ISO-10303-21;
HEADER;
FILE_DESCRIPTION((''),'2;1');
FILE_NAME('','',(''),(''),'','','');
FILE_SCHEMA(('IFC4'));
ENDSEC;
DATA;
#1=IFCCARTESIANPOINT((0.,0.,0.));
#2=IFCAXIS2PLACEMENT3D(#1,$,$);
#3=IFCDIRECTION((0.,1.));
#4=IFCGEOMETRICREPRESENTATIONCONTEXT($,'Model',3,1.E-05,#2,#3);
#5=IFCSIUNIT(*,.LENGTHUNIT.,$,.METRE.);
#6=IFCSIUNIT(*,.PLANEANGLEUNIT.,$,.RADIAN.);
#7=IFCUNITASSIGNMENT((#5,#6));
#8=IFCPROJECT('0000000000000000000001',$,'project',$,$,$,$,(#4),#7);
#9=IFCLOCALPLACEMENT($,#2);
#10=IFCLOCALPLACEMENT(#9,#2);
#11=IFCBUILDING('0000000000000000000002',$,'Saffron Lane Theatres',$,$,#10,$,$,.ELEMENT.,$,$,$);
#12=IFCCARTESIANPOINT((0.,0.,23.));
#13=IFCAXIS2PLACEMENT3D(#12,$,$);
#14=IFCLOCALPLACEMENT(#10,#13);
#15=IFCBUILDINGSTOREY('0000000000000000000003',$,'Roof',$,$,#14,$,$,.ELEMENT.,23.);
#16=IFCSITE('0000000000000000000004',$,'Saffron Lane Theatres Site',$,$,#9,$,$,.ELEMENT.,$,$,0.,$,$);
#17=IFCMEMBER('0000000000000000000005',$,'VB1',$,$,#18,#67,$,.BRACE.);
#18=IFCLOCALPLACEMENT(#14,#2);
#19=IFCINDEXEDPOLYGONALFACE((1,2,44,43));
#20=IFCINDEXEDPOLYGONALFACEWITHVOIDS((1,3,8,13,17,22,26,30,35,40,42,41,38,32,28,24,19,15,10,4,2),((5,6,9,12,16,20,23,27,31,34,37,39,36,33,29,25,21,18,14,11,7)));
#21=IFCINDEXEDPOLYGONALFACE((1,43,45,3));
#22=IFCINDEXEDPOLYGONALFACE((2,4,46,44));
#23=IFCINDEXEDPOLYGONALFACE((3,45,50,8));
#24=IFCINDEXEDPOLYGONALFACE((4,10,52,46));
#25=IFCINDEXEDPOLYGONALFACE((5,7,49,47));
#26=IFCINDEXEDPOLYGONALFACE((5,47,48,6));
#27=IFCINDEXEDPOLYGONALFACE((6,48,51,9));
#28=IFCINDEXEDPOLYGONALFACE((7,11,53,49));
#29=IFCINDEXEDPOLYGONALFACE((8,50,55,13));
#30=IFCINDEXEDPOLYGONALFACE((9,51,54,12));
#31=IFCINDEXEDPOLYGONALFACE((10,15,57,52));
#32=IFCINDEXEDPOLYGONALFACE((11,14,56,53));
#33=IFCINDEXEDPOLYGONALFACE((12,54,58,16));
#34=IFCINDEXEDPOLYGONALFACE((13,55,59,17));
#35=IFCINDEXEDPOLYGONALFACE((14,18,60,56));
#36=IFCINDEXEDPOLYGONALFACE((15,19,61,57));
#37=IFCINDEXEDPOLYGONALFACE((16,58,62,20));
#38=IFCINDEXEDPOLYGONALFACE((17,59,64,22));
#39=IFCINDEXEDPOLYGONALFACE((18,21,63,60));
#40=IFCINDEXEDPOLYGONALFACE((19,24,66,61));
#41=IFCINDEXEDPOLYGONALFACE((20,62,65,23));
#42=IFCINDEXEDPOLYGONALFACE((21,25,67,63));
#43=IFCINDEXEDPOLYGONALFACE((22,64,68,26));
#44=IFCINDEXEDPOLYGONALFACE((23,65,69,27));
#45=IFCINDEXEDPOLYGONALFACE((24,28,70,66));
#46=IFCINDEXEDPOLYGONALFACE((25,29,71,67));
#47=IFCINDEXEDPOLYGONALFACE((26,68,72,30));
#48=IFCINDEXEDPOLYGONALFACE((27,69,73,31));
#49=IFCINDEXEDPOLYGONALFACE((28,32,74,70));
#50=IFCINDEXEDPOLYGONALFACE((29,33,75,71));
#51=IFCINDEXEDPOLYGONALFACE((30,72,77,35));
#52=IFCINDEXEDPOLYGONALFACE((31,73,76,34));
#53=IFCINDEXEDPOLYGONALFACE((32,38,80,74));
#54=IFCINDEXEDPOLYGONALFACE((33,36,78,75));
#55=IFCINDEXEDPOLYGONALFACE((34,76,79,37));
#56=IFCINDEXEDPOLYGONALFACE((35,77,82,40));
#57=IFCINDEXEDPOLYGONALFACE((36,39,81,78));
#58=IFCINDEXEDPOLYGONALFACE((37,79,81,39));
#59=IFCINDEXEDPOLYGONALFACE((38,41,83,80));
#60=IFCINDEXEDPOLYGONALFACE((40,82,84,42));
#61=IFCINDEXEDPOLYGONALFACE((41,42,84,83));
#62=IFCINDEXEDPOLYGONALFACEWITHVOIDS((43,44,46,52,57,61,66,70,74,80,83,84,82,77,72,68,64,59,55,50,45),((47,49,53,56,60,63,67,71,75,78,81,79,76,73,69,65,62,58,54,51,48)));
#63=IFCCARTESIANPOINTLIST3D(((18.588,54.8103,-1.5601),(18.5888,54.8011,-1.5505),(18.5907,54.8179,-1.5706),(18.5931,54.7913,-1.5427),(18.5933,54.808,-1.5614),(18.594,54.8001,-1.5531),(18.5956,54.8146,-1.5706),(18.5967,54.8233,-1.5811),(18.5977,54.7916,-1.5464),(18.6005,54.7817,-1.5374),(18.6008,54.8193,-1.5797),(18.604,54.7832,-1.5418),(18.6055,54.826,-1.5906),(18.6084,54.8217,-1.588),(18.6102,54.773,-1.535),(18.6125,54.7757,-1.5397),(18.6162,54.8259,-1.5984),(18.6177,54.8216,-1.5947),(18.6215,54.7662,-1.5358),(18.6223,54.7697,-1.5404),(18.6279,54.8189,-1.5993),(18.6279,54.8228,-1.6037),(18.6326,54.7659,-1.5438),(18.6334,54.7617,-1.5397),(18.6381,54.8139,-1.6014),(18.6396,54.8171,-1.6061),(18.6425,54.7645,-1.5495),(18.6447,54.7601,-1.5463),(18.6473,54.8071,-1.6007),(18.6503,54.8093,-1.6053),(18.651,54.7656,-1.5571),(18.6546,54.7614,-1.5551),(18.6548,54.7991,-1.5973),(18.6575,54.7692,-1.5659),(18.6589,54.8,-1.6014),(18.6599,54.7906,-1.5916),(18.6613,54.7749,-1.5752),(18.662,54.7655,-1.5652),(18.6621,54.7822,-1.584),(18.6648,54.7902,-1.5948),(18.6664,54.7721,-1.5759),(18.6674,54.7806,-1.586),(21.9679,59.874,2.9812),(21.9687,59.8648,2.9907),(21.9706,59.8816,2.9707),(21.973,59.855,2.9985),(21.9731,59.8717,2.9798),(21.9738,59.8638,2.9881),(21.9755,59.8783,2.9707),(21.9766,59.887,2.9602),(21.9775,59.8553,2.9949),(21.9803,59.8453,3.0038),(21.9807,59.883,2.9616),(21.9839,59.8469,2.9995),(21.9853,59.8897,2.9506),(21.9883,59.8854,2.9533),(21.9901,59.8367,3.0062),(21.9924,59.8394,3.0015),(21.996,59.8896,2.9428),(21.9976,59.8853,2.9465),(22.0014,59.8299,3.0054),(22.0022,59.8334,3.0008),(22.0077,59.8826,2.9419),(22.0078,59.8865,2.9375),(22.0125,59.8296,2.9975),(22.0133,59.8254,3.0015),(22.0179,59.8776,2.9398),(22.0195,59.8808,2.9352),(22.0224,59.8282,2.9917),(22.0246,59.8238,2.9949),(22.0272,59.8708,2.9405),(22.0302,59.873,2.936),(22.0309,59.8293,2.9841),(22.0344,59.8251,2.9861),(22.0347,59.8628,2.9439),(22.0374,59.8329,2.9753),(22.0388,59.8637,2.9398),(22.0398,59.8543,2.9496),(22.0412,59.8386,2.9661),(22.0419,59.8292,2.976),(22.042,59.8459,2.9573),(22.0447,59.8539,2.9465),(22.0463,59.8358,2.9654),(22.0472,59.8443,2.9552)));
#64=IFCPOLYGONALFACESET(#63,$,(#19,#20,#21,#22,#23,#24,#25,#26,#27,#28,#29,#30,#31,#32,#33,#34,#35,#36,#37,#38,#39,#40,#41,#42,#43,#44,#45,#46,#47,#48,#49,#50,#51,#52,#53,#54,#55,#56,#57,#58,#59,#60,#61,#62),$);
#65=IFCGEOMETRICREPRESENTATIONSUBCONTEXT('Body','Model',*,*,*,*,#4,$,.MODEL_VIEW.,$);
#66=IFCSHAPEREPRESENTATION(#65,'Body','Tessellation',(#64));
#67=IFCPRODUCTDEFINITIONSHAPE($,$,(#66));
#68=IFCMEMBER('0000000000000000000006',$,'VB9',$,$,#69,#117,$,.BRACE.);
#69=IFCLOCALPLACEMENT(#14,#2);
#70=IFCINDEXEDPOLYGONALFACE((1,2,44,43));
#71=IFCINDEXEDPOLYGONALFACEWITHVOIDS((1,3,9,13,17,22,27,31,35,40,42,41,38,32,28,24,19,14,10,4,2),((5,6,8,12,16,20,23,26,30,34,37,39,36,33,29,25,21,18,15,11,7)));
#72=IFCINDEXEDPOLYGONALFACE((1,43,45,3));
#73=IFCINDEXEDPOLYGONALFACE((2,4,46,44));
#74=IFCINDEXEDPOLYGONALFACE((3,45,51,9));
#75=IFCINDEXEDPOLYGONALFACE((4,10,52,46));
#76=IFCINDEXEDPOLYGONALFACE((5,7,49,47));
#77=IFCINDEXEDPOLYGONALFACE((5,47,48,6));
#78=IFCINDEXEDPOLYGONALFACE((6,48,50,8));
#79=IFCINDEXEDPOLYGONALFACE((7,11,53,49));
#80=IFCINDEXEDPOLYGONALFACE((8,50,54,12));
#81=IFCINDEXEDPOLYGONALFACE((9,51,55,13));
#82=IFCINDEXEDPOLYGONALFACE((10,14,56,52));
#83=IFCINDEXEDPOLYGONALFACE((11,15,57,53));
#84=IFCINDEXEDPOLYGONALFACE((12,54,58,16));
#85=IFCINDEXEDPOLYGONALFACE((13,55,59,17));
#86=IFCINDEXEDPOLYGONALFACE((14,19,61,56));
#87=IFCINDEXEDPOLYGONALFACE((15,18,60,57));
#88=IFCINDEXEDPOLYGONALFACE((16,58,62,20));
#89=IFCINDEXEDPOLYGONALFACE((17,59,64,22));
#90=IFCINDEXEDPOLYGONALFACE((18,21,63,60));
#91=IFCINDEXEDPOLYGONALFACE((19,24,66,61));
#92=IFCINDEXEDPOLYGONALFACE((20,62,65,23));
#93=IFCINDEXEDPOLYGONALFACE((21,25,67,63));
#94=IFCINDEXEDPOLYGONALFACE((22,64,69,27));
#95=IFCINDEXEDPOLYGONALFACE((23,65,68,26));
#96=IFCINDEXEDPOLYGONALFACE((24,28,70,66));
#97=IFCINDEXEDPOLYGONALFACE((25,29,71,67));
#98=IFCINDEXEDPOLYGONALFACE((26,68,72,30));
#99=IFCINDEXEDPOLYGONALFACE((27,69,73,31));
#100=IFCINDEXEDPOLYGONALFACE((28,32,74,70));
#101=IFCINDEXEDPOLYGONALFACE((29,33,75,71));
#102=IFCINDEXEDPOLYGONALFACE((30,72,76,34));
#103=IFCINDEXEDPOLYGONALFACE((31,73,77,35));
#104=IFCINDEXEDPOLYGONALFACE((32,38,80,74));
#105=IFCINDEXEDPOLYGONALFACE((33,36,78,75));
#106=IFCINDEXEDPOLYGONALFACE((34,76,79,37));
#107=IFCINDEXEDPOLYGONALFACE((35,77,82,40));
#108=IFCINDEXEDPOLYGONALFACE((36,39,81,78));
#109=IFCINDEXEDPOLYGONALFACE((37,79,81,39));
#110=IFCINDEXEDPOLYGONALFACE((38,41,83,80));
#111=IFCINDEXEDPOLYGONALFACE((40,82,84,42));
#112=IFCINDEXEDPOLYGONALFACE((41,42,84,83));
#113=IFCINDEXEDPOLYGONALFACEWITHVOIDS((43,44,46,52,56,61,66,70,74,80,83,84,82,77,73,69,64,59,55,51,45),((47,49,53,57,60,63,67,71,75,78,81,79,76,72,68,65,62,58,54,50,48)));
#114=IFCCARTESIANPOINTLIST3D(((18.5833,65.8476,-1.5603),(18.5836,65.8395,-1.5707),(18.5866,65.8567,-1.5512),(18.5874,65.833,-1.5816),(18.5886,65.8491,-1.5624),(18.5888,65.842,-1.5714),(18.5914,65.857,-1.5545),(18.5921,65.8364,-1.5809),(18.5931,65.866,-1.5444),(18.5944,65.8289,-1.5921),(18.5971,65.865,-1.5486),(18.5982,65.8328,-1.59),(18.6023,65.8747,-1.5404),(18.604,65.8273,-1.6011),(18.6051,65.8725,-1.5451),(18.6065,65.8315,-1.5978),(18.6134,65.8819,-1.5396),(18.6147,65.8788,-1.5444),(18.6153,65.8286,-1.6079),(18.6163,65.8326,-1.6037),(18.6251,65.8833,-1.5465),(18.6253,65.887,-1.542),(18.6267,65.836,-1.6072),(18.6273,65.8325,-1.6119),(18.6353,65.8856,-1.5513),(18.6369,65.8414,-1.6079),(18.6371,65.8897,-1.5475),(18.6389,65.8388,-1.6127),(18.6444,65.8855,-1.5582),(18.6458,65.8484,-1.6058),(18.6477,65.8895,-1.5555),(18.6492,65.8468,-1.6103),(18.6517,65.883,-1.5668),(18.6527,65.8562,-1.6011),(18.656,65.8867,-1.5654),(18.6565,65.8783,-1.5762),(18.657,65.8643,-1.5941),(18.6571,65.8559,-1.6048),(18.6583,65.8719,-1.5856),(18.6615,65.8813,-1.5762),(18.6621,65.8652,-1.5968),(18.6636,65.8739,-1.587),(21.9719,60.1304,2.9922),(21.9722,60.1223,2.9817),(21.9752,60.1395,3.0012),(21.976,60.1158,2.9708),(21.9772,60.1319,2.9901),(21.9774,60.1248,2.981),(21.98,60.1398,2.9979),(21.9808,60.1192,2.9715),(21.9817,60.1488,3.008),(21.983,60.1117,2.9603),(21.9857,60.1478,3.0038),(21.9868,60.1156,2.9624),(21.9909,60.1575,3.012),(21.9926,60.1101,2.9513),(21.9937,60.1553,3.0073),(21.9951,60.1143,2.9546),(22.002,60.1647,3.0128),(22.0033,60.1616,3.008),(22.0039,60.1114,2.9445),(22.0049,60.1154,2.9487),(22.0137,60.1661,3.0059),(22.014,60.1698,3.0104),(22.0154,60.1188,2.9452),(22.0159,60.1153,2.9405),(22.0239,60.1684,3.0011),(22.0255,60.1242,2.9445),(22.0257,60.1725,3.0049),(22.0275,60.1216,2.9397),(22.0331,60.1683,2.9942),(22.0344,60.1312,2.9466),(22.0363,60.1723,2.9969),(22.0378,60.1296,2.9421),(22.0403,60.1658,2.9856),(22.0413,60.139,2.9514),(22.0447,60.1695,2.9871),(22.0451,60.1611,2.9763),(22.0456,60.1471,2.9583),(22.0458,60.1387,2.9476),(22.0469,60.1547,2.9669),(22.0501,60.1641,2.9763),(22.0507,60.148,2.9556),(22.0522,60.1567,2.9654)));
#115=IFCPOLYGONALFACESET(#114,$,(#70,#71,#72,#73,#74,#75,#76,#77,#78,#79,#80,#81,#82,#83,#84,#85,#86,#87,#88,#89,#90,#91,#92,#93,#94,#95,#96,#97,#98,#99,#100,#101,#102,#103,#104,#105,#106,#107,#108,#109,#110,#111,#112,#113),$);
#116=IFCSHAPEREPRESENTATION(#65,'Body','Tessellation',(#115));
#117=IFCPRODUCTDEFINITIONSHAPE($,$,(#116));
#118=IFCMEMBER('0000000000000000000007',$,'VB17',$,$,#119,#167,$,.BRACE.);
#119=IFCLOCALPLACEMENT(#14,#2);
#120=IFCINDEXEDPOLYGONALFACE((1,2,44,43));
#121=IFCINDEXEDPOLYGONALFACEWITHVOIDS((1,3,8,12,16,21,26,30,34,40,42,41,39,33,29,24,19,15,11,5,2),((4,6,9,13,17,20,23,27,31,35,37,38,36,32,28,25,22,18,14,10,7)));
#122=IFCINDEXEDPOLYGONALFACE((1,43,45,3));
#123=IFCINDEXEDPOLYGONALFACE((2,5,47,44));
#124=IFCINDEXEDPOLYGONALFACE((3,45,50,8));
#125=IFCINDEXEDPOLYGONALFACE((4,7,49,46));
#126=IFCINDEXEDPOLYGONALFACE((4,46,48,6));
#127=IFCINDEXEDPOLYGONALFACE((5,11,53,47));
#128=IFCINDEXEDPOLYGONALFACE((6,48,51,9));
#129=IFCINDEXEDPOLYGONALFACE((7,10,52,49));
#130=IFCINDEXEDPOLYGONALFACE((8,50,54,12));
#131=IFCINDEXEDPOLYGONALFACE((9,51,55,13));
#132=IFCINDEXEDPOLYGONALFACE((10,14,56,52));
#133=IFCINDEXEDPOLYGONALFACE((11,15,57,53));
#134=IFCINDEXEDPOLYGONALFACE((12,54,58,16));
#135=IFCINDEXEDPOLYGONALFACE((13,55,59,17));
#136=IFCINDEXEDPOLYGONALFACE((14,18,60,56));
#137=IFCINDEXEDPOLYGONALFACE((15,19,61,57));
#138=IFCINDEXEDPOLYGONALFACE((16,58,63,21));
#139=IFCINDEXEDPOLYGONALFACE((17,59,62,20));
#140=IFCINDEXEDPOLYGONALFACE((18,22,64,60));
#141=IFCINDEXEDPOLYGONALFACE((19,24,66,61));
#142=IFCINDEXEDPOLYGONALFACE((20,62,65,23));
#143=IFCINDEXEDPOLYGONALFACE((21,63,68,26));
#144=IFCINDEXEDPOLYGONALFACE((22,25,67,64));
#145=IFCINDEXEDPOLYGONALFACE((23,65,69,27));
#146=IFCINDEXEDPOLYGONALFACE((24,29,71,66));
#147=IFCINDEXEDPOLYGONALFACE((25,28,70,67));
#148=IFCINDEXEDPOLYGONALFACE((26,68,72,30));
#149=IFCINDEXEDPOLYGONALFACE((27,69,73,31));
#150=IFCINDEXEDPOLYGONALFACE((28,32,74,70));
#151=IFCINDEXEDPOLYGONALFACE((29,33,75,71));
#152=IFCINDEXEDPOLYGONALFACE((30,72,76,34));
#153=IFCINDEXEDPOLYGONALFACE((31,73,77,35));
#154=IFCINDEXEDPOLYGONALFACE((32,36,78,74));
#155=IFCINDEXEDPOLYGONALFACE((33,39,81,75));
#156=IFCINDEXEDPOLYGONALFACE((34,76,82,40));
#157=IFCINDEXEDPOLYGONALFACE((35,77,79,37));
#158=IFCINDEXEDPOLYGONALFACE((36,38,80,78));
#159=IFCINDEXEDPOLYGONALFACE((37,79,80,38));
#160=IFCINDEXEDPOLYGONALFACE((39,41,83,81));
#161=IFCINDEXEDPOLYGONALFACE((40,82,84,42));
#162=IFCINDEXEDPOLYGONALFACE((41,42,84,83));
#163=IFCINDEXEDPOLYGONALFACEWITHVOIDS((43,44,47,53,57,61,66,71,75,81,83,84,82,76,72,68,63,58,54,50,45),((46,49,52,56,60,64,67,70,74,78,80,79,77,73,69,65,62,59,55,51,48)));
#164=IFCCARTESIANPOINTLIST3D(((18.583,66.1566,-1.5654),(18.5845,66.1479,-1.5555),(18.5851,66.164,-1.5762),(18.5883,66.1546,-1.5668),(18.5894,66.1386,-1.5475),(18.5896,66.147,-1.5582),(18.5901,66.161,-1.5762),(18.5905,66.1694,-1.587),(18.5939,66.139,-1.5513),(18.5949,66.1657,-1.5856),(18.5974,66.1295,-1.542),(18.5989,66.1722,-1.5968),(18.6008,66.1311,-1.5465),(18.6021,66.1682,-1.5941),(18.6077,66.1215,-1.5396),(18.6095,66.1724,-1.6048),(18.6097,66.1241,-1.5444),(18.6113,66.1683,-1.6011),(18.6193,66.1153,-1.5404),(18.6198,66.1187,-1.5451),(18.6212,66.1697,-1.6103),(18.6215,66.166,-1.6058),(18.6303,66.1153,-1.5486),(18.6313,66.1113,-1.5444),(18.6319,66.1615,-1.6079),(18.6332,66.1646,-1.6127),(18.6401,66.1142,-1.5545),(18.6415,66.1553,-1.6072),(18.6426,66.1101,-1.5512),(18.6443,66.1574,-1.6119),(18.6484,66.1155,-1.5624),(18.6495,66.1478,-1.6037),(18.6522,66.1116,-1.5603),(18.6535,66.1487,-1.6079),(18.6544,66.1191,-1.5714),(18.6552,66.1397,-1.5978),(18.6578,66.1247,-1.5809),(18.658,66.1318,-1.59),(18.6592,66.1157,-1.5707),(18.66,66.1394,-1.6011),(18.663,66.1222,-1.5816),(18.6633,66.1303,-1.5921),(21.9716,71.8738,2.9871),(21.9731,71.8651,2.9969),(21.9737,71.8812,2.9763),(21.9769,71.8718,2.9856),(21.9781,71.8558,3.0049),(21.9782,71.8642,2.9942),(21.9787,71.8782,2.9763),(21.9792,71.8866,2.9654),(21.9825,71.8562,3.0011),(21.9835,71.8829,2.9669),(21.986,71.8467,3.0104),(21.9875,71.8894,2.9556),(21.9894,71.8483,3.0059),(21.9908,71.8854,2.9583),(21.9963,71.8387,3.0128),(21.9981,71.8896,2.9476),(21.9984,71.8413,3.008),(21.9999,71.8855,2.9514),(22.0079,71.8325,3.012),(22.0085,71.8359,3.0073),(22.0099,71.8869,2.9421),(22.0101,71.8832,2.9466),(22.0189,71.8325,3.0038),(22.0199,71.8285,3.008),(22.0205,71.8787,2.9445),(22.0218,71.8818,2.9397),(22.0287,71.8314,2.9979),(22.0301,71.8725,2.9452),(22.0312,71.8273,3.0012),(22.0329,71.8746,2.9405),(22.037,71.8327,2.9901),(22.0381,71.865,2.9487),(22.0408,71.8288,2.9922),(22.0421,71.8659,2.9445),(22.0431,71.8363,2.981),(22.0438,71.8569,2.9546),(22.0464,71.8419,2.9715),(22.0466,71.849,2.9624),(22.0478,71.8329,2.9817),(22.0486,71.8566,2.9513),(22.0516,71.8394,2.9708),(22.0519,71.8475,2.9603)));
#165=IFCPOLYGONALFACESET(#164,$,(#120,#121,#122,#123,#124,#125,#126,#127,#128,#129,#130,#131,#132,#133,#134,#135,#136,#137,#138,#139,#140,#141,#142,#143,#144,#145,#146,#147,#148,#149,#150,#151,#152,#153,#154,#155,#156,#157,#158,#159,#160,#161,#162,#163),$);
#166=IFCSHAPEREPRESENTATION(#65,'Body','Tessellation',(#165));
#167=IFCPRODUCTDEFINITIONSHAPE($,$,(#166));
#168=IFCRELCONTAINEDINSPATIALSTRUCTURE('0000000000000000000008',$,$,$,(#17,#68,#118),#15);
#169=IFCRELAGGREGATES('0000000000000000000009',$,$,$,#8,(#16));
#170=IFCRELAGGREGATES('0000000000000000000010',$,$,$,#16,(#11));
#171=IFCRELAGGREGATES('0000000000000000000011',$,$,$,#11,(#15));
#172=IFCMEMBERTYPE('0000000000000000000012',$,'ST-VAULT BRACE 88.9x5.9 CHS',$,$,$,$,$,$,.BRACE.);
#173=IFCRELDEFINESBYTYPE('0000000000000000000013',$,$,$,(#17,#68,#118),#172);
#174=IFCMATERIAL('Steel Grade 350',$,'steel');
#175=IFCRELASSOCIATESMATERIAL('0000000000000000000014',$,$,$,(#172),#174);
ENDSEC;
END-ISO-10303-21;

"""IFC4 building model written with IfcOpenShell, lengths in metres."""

from ifc_helpers import new_model, si_unit, direction, frame, origin, origin_2d, place, context, subcontext, project, spatial, hollow_circle, extrude, material, material_profile, profile_set, type_object, element, save


model = new_model("IFC4")

# Units and contexts
model_context = context("Model", 3, precision=1e-05, world=origin(), true_north=direction((0.0, 1.0)))
body_context = subcontext(model_context, "Body", "Model", "MODEL_VIEW")
ifc_project = project(units=[si_unit("LENGTHUNIT", "METRE"), si_unit("PLANEANGLEUNIT", "RADIAN")], contexts=[model_context])

# Site, building, storey
site_placement = place(None, origin())
site = spatial("IfcSite", under=ifc_project, at=site_placement, Name="Saffron Lane Theatres Site", CompositionType="ELEMENT", RefElevation=0.0)
building_placement = place(site_placement, origin())
building = spatial("IfcBuilding", under=site, at=building_placement, Name="Saffron Lane Theatres", CompositionType="ELEMENT")
storey_placement = place(building_placement, frame((0.0, 0.0, 23.0)))
storey = spatial("IfcBuildingStorey", under=building, at=storey_placement, Name="Roof", CompositionType="ELEMENT", Elevation=23.0)

# Members
ifc_material_1 = material(Name="Steel Grade 350", Category="steel")
ifc_material_profile_1 = material_profile(ifc_material_1, hollow_circle(Radius=0.0444, WallThickness=0.0059, at=origin_2d()))
ifc_profile_set_1 = profile_set([ifc_material_profile_1], Name="Steel Grade 350")
member_type_1 = type_object("IfcMemberType", Name="ST-VAULT BRACE 88.9x5.9 CHS", PredefinedType="BRACE", material=ifc_profile_set_1)
member_1_placement = place(storey_placement, frame((18.6277, 54.7932, -1.5706), z_axis=(0.444999, 0.666695, 0.597907), x_axis=(-0.831742, 0.555163, 0.0)))
element("IfcMember", 1, at=member_1_placement, inside=storey, type_object=member_type_1, Name="VB1", PredefinedType="BRACE", context=body_context, shape_type="SweptSolid", body=[
    extrude(hollow_circle(Radius=0.0444, WallThickness=0.0059, at=origin_2d()), origin(), (0.0, 0.0, 1.0), 7.5952),
])
for number, where, z_axis, x_axis, name in (
    (2, (18.6233, 65.8586, -1.5762), (0.420651, -0.709712, 0.565121), (0.860249, 0.509875, 0.0), "VB9"),
    (3, (18.6233, 66.1414, -1.5762), (0.420651, 0.709712, 0.565121), (-0.860249, 0.509875, 0.0), "VB17"),
):
    element("IfcMember", number, at=place(storey_placement, frame(where, z_axis=z_axis, x_axis=x_axis)), inside=storey, type_object=member_type_1, Name=name, PredefinedType="BRACE", context=body_context, shape_type="SweptSolid", body=[
        extrude(hollow_circle(Radius=0.0444, WallThickness=0.0059, at=origin_2d()), origin(), (0.0, 0.0, 1.0), 8.0557),
    ])

save(model, "model.ifc")
